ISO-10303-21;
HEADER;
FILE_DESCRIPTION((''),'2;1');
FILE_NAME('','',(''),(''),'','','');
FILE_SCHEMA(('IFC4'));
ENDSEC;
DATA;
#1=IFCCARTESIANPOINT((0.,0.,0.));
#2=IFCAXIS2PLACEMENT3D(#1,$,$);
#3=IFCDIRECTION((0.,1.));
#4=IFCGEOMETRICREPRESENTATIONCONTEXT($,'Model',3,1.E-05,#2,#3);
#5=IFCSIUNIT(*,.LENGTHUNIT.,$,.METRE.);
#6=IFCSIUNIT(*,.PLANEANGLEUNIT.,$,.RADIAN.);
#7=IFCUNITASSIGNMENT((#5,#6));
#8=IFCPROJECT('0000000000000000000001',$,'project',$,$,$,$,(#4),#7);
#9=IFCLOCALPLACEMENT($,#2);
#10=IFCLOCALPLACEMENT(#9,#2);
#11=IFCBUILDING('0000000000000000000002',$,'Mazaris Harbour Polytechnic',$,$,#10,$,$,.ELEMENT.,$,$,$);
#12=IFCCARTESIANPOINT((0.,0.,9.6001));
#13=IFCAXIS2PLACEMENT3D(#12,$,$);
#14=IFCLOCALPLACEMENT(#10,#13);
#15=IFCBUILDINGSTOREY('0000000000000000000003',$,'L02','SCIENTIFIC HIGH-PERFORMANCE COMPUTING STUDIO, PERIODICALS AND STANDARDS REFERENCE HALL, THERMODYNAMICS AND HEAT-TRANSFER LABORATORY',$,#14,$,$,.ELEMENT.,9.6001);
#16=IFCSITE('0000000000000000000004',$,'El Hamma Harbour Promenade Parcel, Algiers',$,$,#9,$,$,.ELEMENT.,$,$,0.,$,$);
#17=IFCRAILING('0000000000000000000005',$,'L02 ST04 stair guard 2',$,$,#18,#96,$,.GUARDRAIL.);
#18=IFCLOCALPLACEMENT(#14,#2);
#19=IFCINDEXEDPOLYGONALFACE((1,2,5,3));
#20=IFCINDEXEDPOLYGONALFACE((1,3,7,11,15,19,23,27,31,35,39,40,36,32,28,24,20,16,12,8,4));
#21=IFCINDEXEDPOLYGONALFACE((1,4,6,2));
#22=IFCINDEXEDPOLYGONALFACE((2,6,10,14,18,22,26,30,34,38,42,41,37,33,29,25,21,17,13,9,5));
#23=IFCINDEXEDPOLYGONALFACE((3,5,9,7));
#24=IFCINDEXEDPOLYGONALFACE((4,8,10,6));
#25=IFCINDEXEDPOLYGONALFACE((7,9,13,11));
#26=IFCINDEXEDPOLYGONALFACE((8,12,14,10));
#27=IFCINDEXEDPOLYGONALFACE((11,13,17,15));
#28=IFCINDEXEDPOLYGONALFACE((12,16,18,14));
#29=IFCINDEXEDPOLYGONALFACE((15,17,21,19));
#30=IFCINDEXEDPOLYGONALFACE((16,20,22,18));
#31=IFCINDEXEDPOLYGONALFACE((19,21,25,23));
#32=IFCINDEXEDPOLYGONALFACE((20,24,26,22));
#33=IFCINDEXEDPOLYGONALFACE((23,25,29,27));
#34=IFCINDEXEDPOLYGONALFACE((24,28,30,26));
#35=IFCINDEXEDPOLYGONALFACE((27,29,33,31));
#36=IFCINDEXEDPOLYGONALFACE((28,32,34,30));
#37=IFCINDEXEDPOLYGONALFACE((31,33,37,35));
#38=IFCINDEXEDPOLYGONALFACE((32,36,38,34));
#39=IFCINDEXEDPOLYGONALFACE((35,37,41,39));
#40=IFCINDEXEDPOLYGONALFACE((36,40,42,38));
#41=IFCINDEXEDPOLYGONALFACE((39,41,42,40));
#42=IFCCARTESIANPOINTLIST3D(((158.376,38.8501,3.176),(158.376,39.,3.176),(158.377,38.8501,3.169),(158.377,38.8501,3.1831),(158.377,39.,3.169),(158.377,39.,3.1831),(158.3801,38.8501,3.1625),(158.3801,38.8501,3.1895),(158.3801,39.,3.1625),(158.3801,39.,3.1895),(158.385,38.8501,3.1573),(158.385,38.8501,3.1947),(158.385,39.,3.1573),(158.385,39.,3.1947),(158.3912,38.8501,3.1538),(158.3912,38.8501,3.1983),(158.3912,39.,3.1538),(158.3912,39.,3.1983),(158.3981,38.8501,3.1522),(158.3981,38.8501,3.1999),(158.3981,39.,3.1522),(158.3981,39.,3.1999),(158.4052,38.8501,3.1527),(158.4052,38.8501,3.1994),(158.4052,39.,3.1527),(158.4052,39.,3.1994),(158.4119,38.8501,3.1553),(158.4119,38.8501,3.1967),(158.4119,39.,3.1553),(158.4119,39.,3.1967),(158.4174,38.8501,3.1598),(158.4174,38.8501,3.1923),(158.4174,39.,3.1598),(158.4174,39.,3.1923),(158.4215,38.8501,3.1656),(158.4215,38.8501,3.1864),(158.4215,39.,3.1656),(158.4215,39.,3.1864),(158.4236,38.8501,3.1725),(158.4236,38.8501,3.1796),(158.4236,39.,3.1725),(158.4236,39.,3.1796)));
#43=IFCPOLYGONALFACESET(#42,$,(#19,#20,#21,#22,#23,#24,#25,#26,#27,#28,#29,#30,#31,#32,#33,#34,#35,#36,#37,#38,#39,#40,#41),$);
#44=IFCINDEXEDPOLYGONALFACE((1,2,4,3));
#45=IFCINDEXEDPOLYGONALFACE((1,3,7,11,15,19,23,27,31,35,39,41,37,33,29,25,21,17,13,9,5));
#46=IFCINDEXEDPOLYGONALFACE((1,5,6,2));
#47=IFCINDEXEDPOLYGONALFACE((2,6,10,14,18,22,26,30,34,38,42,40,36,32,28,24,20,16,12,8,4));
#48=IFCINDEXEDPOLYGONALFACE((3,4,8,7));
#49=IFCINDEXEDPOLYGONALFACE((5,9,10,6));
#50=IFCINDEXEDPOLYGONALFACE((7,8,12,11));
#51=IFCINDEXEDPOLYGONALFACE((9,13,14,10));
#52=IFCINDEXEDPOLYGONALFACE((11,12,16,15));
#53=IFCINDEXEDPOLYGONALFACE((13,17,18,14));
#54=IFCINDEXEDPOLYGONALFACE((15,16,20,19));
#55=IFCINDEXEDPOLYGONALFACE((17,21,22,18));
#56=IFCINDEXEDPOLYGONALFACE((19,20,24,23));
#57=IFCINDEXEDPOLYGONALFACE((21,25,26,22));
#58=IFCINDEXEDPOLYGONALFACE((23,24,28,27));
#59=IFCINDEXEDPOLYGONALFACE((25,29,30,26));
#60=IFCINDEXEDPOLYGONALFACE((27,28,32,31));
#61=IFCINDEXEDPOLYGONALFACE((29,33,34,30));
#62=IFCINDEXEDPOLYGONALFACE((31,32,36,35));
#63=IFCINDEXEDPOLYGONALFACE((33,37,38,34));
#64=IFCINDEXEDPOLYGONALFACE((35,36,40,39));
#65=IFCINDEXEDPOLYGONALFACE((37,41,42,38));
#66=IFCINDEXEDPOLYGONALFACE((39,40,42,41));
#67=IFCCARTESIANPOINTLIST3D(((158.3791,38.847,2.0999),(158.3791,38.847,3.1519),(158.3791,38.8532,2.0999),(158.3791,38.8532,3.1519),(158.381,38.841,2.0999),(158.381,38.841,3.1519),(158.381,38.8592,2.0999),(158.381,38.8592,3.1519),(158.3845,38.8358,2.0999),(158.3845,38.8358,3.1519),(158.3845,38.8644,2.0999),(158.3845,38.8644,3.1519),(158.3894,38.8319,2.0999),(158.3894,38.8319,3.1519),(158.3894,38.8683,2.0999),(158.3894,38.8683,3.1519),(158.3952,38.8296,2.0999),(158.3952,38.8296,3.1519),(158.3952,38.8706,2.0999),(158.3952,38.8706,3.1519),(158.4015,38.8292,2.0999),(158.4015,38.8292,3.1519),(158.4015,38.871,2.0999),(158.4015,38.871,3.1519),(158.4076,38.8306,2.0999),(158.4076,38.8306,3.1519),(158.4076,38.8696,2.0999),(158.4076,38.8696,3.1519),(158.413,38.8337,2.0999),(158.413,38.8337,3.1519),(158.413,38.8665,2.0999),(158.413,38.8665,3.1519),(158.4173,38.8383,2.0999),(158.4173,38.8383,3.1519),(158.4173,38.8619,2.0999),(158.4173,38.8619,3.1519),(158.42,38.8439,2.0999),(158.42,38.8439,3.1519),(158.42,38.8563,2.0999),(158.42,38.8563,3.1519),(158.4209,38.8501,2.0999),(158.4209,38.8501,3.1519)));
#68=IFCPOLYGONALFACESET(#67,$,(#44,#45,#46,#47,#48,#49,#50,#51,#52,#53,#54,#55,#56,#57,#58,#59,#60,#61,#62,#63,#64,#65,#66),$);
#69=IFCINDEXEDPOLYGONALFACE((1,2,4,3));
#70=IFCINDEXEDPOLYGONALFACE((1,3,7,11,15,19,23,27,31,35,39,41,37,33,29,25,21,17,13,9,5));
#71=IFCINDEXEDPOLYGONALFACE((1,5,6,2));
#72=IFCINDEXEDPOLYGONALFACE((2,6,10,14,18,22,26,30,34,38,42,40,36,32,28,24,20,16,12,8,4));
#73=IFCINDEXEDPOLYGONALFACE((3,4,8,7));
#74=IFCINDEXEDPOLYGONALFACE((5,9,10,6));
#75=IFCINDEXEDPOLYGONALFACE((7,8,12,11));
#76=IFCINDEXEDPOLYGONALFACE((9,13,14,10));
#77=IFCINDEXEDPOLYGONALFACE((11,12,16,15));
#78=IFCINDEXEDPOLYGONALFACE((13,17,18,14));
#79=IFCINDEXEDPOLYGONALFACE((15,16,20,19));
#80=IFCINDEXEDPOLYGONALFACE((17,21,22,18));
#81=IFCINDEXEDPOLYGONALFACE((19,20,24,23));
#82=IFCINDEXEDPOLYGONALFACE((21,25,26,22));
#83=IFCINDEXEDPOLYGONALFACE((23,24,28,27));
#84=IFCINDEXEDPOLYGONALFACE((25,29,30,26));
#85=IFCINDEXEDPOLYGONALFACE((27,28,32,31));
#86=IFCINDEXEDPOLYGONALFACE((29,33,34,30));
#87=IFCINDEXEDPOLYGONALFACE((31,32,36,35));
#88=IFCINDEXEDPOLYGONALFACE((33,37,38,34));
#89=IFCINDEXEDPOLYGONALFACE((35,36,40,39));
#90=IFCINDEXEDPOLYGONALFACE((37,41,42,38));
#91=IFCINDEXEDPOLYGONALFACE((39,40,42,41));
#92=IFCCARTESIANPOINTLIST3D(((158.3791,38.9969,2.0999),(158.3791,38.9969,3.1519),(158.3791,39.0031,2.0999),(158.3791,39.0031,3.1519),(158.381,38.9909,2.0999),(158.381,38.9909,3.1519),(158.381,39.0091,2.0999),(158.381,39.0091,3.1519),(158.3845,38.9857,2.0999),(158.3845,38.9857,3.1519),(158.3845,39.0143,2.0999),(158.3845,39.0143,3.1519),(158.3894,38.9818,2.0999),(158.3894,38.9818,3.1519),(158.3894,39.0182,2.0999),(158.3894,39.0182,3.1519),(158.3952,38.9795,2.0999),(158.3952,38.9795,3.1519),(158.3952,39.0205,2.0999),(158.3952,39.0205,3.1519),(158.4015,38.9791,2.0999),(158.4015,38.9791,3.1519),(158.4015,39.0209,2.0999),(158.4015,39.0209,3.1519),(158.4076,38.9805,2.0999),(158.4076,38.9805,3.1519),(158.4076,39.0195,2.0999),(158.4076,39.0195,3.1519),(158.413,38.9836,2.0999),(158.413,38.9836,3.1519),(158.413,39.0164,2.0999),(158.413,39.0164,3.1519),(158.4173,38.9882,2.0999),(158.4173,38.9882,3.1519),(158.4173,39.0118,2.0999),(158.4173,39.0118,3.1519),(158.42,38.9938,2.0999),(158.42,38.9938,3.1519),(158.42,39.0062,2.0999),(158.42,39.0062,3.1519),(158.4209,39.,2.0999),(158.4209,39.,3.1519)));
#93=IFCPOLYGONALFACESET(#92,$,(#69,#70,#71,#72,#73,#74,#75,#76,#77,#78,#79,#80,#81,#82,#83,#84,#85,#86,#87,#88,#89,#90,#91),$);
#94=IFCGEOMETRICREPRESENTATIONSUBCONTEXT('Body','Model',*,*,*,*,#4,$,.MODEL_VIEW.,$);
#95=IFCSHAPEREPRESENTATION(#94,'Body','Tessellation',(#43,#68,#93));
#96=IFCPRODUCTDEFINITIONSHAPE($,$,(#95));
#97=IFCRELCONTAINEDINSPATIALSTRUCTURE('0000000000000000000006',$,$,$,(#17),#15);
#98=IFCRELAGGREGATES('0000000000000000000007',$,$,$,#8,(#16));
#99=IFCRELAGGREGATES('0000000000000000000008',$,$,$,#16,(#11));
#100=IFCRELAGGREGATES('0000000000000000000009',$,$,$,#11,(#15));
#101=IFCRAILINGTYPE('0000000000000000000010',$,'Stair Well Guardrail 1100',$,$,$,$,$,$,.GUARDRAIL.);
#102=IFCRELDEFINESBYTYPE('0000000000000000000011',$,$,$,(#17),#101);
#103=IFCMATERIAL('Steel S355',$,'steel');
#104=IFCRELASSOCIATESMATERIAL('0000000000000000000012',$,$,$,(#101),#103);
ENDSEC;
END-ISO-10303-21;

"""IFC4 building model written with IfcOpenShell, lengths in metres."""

from ifc_helpers import new_model, si_unit, direction, frame, origin, origin_2d, place, context, subcontext, project, spatial, circle, extrude, material, type_object, element, save


model = new_model("IFC4")

# Units and contexts
model_context = context("Model", 3, precision=1e-05, world=origin(), true_north=direction((0.0, 1.0)))
body_context = subcontext(model_context, "Body", "Model", "MODEL_VIEW")
ifc_project = project(units=[si_unit("LENGTHUNIT", "METRE"), si_unit("PLANEANGLEUNIT", "RADIAN")], contexts=[model_context])

# Site, building, storey
site_placement = place(None, origin())
site = spatial("IfcSite", under=ifc_project, at=site_placement, Name="El Hamma Harbour Promenade Parcel, Algiers", CompositionType="ELEMENT", RefElevation=0.0)
building_placement = place(site_placement, origin())
building = spatial("IfcBuilding", under=site, at=building_placement, Name="Mazaris Harbour Polytechnic", CompositionType="ELEMENT")
storey_placement = place(building_placement, frame((0.0, 0.0, 9.6001)))
storey = spatial("IfcBuildingStorey", under=building, at=storey_placement, Name="L02", Description="SCIENTIFIC HIGH-PERFORMANCE COMPUTING STUDIO, PERIODICALS AND STANDARDS REFERENCE HALL, THERMODYNAMICS AND HEAT-TRANSFER LABORATORY", CompositionType="ELEMENT", Elevation=9.6001)

# Railing
ifc_material_1 = material(Name="Steel S355", Category="steel")
railing_type_1 = type_object("IfcRailingType", Name="Stair Well Guardrail 1100", PredefinedType="GUARDRAIL", material=ifc_material_1)
railing_1_placement = place(storey_placement, frame((158.3999, 38.8501, 2.0999)))
element("IfcRailing", 1, at=railing_1_placement, inside=storey, type_object=railing_type_1, Name="L02 ST04 stair guard 2", PredefinedType="GUARDRAIL", context=body_context, shape_type="SweptSolid", body=[
    extrude(circle(Radius=0.0239, at=origin_2d()), frame((0.0, 0.0, 1.0762), z_axis=(0.0, 1.0, 0.0), x_axis=(-1.0, 0.0, 0.0)), (0.0, 0.0, 1.0), 0.1499),
    extrude(circle(Radius=0.021, at=origin_2d()), origin(), (0.0, 0.0, 1.0), 1.052),
    extrude(circle(Radius=0.021, at=origin_2d()), frame((0.0, 0.1499, 0.0)), (0.0, 0.0, 1.0), 1.052),
])

save(model, "model.ifc")
